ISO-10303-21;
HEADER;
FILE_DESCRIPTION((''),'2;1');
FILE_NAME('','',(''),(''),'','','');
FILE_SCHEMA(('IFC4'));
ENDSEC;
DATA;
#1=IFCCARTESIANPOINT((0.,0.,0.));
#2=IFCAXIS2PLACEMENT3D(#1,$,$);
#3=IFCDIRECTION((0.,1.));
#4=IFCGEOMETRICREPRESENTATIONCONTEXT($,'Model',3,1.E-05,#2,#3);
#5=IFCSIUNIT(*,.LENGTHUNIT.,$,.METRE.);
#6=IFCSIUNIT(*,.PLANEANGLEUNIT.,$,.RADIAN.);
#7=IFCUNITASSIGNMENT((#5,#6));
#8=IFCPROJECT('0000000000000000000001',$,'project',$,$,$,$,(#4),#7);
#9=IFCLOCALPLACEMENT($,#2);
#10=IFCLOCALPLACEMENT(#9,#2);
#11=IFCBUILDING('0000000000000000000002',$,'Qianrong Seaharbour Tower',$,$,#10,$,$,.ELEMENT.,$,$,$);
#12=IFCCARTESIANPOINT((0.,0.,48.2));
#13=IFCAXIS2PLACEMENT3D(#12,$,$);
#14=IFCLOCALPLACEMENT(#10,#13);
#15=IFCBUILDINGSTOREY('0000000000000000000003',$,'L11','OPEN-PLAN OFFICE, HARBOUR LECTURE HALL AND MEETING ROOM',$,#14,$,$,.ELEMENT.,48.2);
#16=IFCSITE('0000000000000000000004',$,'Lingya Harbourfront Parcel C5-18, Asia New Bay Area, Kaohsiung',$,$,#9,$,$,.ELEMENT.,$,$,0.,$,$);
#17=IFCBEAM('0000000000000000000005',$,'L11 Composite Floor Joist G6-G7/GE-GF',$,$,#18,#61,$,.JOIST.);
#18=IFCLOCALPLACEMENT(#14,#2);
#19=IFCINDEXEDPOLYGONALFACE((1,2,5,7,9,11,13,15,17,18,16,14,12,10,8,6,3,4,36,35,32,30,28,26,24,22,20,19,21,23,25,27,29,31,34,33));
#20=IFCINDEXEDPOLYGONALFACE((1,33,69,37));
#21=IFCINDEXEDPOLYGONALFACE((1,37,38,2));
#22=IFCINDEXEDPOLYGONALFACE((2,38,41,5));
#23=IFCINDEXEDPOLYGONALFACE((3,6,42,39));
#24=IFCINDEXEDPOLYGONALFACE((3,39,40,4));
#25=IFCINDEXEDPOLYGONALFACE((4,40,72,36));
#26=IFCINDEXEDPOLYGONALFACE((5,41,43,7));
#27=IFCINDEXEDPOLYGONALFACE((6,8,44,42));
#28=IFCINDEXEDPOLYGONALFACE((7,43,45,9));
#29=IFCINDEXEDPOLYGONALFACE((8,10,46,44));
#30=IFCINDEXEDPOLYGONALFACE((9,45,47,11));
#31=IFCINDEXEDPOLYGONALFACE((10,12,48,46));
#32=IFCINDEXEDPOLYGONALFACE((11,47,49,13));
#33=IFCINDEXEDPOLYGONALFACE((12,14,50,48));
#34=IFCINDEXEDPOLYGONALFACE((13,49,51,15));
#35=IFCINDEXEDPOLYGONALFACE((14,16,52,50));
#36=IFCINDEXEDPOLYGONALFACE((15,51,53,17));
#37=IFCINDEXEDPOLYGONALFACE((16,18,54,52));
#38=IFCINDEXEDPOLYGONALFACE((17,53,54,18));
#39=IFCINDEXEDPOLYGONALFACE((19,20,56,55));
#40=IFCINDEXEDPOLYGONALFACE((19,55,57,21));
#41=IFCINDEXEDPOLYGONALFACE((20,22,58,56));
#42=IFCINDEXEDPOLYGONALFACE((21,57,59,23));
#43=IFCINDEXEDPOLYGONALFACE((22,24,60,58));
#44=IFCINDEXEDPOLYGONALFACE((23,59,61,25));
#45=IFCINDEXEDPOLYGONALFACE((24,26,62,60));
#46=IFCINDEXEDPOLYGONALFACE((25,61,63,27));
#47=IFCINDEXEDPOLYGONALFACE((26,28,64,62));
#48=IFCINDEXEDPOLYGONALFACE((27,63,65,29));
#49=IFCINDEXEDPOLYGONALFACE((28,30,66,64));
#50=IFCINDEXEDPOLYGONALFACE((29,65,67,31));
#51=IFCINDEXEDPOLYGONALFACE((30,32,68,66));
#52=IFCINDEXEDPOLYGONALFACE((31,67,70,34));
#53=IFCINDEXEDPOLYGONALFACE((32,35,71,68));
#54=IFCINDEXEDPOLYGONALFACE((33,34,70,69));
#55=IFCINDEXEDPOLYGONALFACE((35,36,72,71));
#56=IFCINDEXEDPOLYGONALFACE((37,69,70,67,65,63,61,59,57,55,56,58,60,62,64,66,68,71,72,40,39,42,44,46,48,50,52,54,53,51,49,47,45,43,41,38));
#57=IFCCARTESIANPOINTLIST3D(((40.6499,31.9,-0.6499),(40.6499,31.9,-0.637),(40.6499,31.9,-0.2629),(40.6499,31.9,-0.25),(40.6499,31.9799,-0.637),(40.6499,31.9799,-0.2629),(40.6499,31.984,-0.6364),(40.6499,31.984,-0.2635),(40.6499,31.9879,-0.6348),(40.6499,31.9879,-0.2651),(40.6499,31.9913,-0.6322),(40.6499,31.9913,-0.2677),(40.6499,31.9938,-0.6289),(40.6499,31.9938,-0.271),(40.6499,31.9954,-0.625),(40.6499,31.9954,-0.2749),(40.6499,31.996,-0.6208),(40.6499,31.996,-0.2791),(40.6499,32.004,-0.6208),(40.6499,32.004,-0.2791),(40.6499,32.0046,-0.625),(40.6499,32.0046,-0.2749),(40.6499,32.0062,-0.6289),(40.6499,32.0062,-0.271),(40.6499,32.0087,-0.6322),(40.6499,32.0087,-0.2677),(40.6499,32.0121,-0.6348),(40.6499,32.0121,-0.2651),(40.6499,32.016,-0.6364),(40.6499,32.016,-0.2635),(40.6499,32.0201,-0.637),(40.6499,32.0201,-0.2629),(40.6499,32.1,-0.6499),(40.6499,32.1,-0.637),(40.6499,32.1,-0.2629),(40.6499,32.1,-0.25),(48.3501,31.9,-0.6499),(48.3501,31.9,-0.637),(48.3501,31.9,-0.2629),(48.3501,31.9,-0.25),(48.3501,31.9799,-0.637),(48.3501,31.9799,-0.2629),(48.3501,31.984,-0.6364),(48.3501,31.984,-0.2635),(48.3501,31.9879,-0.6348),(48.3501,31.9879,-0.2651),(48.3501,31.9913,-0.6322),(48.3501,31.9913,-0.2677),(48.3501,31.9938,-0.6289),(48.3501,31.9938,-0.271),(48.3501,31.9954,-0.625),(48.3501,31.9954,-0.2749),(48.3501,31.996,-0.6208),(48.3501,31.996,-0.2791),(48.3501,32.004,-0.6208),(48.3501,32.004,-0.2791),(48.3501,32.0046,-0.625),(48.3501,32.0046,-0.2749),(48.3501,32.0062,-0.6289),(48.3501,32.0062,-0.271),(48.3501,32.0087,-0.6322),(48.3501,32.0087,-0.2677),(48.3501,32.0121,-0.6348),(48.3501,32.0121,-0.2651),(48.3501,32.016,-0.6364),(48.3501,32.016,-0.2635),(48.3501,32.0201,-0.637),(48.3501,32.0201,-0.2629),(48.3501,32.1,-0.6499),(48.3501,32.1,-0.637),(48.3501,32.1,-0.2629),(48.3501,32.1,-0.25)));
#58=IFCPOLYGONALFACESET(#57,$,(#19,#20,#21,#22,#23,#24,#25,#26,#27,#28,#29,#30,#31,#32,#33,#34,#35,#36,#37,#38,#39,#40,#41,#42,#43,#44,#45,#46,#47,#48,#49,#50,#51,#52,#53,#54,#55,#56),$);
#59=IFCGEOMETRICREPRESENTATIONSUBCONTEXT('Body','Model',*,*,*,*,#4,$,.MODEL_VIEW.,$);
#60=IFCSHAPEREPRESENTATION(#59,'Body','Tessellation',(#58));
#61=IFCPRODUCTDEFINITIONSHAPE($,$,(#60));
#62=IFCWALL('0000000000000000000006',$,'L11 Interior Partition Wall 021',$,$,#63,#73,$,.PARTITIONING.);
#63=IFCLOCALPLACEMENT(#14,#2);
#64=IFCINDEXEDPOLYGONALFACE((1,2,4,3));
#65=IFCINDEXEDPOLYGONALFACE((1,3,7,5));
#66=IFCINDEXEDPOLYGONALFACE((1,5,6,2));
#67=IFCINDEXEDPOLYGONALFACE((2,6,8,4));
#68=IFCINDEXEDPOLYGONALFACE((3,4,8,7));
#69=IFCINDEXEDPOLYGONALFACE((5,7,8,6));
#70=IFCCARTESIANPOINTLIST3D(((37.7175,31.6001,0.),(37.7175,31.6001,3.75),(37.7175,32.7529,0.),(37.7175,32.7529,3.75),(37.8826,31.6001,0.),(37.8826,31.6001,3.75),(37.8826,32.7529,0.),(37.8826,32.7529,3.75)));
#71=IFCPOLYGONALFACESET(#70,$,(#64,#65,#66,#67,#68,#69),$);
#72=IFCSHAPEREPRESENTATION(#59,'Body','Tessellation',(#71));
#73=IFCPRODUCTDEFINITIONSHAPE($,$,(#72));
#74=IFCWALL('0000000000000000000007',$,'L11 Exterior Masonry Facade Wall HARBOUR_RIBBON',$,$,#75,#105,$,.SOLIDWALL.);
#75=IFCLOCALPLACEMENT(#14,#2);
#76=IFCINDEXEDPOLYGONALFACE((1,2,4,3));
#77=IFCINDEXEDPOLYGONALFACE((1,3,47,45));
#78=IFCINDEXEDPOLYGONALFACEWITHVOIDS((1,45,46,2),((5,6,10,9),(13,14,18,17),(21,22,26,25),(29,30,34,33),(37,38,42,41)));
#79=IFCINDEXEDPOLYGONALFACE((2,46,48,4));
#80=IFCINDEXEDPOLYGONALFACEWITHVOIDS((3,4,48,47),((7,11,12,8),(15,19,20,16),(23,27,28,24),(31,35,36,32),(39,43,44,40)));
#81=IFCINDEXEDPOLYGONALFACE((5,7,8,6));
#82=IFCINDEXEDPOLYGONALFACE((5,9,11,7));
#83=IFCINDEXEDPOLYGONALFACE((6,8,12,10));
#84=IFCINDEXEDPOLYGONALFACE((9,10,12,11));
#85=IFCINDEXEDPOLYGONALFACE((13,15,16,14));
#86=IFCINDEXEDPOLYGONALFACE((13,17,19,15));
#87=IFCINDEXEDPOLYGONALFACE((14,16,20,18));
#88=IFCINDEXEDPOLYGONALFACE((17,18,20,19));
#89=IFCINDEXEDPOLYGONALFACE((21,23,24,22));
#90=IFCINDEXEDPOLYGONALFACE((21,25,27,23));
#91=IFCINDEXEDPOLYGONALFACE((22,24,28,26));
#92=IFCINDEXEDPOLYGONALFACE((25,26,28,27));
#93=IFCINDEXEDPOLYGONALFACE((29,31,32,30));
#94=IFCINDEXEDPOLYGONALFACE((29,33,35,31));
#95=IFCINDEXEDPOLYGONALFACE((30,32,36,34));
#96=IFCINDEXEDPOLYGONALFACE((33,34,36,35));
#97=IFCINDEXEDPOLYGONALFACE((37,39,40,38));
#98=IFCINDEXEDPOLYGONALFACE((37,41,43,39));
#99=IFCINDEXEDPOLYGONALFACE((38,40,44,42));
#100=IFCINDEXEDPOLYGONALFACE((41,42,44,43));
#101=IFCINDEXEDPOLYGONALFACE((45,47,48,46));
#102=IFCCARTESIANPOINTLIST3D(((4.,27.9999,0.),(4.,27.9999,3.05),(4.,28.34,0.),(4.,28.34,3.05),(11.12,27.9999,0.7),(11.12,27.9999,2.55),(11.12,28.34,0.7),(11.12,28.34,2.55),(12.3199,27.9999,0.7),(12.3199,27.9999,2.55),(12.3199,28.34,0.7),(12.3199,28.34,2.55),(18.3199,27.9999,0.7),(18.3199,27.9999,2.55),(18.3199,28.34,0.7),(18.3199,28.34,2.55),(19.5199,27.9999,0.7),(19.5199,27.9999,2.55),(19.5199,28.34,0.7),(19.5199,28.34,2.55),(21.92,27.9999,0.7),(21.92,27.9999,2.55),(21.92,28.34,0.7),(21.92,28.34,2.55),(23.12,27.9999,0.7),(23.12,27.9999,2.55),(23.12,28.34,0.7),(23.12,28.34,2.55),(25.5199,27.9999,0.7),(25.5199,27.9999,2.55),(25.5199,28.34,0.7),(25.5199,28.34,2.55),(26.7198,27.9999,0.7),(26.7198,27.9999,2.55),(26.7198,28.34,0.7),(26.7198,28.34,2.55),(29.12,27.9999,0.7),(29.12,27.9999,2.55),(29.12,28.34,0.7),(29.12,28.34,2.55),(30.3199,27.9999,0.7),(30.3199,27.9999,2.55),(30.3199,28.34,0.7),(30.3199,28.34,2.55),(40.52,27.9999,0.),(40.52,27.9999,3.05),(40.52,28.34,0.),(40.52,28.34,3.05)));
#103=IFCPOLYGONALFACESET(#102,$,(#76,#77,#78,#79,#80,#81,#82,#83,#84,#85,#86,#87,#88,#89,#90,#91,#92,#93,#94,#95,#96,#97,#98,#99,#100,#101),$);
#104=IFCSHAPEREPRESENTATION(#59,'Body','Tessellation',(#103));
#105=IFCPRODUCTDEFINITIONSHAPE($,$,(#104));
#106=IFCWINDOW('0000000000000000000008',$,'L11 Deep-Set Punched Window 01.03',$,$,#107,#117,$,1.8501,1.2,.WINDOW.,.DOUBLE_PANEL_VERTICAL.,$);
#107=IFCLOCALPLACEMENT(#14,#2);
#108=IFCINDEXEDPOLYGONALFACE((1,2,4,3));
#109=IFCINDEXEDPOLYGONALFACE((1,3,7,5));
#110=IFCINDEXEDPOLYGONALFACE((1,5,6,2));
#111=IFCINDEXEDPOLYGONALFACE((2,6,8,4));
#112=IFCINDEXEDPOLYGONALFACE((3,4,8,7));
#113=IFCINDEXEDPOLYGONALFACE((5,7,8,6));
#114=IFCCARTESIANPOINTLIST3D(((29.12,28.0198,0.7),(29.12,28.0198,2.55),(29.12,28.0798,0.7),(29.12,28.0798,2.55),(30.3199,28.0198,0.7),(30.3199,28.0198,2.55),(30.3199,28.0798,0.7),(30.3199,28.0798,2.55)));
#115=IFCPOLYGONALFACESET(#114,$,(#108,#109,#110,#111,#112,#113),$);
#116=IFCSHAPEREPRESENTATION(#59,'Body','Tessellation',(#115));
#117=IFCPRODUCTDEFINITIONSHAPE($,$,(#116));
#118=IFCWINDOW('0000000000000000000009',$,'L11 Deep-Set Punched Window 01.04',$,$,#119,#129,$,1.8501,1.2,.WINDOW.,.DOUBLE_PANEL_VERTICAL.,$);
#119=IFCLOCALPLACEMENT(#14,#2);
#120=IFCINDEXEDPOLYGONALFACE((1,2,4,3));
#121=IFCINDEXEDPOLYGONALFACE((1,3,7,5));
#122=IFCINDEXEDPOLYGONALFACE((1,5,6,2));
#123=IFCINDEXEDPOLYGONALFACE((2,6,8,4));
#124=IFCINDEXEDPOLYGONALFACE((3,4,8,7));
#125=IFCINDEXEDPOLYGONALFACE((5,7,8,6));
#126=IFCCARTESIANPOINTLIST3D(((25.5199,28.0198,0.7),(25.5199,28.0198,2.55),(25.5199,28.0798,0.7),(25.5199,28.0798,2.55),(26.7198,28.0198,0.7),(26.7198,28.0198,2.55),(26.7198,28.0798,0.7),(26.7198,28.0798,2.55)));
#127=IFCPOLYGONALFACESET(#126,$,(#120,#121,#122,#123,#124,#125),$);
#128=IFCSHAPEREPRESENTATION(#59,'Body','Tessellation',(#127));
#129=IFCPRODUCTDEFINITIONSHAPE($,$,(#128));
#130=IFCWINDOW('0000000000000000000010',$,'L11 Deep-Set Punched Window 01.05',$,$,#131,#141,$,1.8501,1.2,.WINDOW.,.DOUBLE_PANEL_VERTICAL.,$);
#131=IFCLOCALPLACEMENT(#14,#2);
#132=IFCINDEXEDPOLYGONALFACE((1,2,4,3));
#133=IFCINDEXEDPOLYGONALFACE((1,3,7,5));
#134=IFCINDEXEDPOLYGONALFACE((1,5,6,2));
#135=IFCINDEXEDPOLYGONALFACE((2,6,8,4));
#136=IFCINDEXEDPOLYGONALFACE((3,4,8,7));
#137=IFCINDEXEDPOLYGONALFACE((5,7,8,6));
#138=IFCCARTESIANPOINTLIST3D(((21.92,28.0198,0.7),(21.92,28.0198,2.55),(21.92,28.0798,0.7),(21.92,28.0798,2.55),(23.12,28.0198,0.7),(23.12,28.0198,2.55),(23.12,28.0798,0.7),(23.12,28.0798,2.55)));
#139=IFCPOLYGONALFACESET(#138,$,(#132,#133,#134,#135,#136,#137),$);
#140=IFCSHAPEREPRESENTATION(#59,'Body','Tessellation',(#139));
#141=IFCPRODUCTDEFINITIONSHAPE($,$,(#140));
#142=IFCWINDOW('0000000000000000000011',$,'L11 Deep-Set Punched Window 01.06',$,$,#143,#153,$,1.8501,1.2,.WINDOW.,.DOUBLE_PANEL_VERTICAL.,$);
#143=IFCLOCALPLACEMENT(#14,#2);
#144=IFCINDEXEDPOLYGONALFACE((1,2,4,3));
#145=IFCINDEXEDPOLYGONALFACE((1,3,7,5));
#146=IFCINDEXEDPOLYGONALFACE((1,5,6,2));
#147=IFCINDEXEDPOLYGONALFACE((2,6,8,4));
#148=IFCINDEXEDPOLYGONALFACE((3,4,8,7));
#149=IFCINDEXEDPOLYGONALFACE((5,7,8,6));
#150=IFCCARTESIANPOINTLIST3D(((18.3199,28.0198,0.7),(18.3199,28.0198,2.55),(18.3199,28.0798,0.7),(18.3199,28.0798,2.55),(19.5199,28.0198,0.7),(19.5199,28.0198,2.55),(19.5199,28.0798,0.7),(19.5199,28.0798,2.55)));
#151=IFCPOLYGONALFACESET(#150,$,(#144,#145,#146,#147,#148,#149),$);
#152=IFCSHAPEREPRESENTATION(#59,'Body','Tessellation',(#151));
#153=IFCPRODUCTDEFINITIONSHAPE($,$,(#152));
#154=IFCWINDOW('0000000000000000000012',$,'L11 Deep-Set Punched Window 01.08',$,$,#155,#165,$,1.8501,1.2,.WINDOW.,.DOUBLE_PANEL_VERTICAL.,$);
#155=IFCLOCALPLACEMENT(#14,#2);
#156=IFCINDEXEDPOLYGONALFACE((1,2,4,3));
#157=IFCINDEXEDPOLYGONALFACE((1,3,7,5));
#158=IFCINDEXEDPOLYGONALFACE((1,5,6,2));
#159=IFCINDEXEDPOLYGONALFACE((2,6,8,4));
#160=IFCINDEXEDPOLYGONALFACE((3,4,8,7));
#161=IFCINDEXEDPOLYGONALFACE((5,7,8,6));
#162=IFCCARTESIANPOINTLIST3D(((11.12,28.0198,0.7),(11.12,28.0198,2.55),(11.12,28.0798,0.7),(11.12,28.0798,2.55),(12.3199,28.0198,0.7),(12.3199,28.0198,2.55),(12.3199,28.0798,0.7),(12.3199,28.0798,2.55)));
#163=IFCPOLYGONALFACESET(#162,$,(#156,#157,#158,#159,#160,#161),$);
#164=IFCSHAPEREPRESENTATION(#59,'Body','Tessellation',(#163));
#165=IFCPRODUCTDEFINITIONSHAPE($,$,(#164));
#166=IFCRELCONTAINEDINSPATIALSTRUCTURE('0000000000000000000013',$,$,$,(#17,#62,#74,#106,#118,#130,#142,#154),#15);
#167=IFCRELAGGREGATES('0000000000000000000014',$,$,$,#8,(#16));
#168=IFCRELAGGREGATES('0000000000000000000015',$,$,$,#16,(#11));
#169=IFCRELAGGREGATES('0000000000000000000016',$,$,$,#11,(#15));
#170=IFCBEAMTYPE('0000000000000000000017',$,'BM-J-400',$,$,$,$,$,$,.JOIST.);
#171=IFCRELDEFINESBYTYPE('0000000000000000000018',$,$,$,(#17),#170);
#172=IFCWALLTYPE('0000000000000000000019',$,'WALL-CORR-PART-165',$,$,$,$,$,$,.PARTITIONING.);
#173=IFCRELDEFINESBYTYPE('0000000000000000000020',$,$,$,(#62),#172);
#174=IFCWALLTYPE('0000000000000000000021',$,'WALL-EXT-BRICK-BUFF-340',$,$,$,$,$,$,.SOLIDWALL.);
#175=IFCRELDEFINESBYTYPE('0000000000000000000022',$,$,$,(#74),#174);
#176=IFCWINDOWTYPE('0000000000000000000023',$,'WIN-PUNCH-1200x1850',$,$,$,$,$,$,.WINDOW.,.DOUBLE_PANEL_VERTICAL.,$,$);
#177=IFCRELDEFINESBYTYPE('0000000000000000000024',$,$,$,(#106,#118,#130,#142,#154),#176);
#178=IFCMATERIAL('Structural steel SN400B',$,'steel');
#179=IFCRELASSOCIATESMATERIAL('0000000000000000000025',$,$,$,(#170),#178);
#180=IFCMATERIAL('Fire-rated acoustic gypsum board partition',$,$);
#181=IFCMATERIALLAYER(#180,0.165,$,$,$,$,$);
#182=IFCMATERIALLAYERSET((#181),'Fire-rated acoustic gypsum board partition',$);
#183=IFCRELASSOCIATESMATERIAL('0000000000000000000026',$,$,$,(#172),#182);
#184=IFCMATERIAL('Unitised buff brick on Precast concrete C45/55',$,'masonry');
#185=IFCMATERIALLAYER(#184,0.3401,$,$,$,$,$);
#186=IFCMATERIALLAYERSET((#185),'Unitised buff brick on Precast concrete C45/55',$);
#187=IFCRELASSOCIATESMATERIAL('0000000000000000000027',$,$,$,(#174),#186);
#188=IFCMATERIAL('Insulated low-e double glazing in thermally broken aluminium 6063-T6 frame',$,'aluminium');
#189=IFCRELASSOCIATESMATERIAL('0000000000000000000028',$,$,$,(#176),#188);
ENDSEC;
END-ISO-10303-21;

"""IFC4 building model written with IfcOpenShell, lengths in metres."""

from ifc_helpers import new_model, si_unit, direction, frame, frame_2d, origin, origin_2d, place, context, subcontext, project, spatial, rectangle, i_section, extrude, material, layer, layer_set, material_profile, profile_set, type_object, element, fill, save


model = new_model("IFC4")

# Units and contexts
model_context = context("Model", 3, precision=1e-05, world=origin(), true_north=direction((0.0, 1.0)))
body_context = subcontext(model_context, "Body", "Model", "MODEL_VIEW")
ifc_project = project(units=[si_unit("LENGTHUNIT", "METRE"), si_unit("PLANEANGLEUNIT", "RADIAN")], contexts=[model_context])

# Site, building, storey
site_placement = place(None, origin())
site = spatial("IfcSite", under=ifc_project, at=site_placement, Name="Lingya Harbourfront Parcel C5-18, Asia New Bay Area, Kaohsiung", CompositionType="ELEMENT", RefElevation=0.0)
building_placement = place(site_placement, origin())
building = spatial("IfcBuilding", under=site, at=building_placement, Name="Qianrong Seaharbour Tower", CompositionType="ELEMENT")
storey_placement = place(building_placement, frame((0.0, 0.0, 48.2)))
storey = spatial("IfcBuildingStorey", under=building, at=storey_placement, Name="L11", Description="OPEN-PLAN OFFICE, HARBOUR LECTURE HALL AND MEETING ROOM", CompositionType="ELEMENT", Elevation=48.2)

# Beam
ifc_material_1 = material(Name="Structural steel SN400B", Category="steel")
ifc_material_profile_1 = material_profile(ifc_material_1, i_section(OverallWidth=0.2, OverallDepth=0.3999, WebThickness=0.0081, FlangeThickness=0.0129, FilletRadius=0.0161, at=origin_2d()), Name="H400x200x8x13")
ifc_profile_set_1 = profile_set([ifc_material_profile_1], Name="Structural steel SN400B")
beam_type_1 = type_object("IfcBeamType", Name="BM-J-400", PredefinedType="JOIST", material=ifc_profile_set_1)
for number, where, z_axis, x_axis, name in (
    (1, (40.6499, 32.0, -0.45), (1.0, 0.0, 0.0), (0.0, 1.0, 0.0), "L11 Composite Floor Joist G6-G7/GE-GF"),
):
    element("IfcBeam", number, at=place(storey_placement, frame(where, z_axis=z_axis, x_axis=x_axis)), inside=storey, type_object=beam_type_1, Name=name, PredefinedType="JOIST", context=body_context, shape_type="SweptSolid", body=[
        extrude(i_section(OverallWidth=0.2, OverallDepth=0.3999, WebThickness=0.0081, FlangeThickness=0.0129, FilletRadius=0.0161, at=origin_2d()), origin(), (0.0, 0.0, 1.0), 7.7002),
    ])

# Wall
ifc_material_2 = material(Name="Fire-rated acoustic gypsum board partition")
ifc_layer_1 = layer(ifc_material_2, 0.165)
ifc_layer_set_1 = layer_set([ifc_layer_1], Name="Fire-rated acoustic gypsum board partition")
wall_type_1 = type_object("IfcWallType", Name="WALL-CORR-PART-165", PredefinedType="PARTITIONING", material=ifc_layer_set_1)
wall_1_placement = place(storey_placement, frame((37.8, 31.6001, 0.0), z_axis=(0.0, 0.0, 1.0), x_axis=(0.0, 1.0, 0.0)))
element("IfcWall", 2, at=wall_1_placement, inside=storey, type_object=wall_type_1, Name="L11 Interior Partition Wall 021", PredefinedType="PARTITIONING", context=body_context, shape_type="SweptSolid", body=[
    extrude(rectangle(XDim=1.1528, YDim=0.165, at=frame_2d((0.5764, 0.0))), origin(), (0.0, 0.0, 1.0), 3.75),
])

# Wall, openings, windows
ifc_material_3 = material(Name="Unitised buff brick on Precast concrete C45/55", Category="masonry")
ifc_layer_2 = layer(ifc_material_3, 0.3401)
ifc_layer_set_2 = layer_set([ifc_layer_2], Name="Unitised buff brick on Precast concrete C45/55")
wall_type_2 = type_object("IfcWallType", Name="WALL-EXT-BRICK-BUFF-340", PredefinedType="SOLIDWALL", material=ifc_layer_set_2)
wall_2_placement = place(storey_placement, frame((40.52, 28.1699, 0.0), z_axis=(0.0, 0.0, 1.0), x_axis=(-1.0, 0.0, 0.0)))
wall_2 = element("IfcWall", 3, at=wall_2_placement, inside=storey, type_object=wall_type_2, Name="L11 Exterior Masonry Facade Wall HARBOUR_RIBBON", PredefinedType="SOLIDWALL", context=body_context, shape_type="SweptSolid", body=[
    extrude(rectangle(XDim=36.52, YDim=0.3401, at=frame_2d((18.26, 0.0))), origin(), (0.0, 0.0, 1.0), 3.05),
])
opening_1_placement = place(wall_2_placement, frame((10.2, 0.0, 0.7)))
opening_1 = element("IfcOpeningElement", 4, at=opening_1_placement, cuts=wall_2, PredefinedType="OPENING", context=body_context, shape_type="SweptSolid", body=[
    extrude(rectangle(XDim=1.2, YDim=1.8501, at=frame_2d((0.6001, 0.925))), frame((0.0, 0.1802, 0.0), z_axis=(0.0, -1.0, 0.0), x_axis=(1.0, 0.0, 0.0)), (0.0, 0.0, 1.0), 0.3601),
])
opening_2_placement = place(wall_2_placement, frame((13.8, 0.0, 0.7)))
opening_2 = element("IfcOpeningElement", 5, at=opening_2_placement, cuts=wall_2, PredefinedType="OPENING", context=body_context, shape_type="SweptSolid", body=[
    extrude(rectangle(XDim=1.2, YDim=1.8501, at=frame_2d((0.6001, 0.925))), frame((0.0, 0.1802, 0.0), z_axis=(0.0, -1.0, 0.0), x_axis=(1.0, 0.0, 0.0)), (0.0, 0.0, 1.0), 0.3601),
])
opening_3_placement = place(wall_2_placement, frame((17.3999, 0.0, 0.7)))
opening_3 = element("IfcOpeningElement", 6, at=opening_3_placement, cuts=wall_2, PredefinedType="OPENING", context=body_context, shape_type="SweptSolid", body=[
    extrude(rectangle(XDim=1.2, YDim=1.8501, at=frame_2d((0.6001, 0.925))), frame((0.0, 0.1802, 0.0), z_axis=(0.0, -1.0, 0.0), x_axis=(1.0, 0.0, 0.0)), (0.0, 0.0, 1.0), 0.3601),
])
opening_4_placement = place(wall_2_placement, frame((21.0, 0.0, 0.7)))
opening_4 = element("IfcOpeningElement", 7, at=opening_4_placement, cuts=wall_2, PredefinedType="OPENING", context=body_context, shape_type="SweptSolid", body=[
    extrude(rectangle(XDim=1.2, YDim=1.8501, at=frame_2d((0.6001, 0.925))), frame((0.0, 0.1802, 0.0), z_axis=(0.0, -1.0, 0.0), x_axis=(1.0, 0.0, 0.0)), (0.0, 0.0, 1.0), 0.3601),
])
opening_5_placement = place(wall_2_placement, frame((28.2, 0.0, 0.7)))
opening_5 = element("IfcOpeningElement", 8, at=opening_5_placement, cuts=wall_2, PredefinedType="OPENING", context=body_context, shape_type="SweptSolid", body=[
    extrude(rectangle(XDim=1.2, YDim=1.8501, at=frame_2d((0.6001, 0.925))), frame((0.0, 0.1802, 0.0), z_axis=(0.0, -1.0, 0.0), x_axis=(1.0, 0.0, 0.0)), (0.0, 0.0, 1.0), 0.3601),
])
ifc_material_4 = material(Name="Insulated low-e double glazing in thermally broken aluminium 6063-T6 frame", Category="aluminium")
window_type = type_object("IfcWindowType", Name="WIN-PUNCH-1200x1850", PartitioningType="DOUBLE_PANEL_VERTICAL", PredefinedType="WINDOW", material=ifc_material_4)
window_1_placement = place(opening_1_placement, origin())
window_1 = element("IfcWindow", 9, at=window_1_placement, inside=storey, type_object=window_type, Name="L11 Deep-Set Punched Window 01.03", OverallHeight=1.8501, OverallWidth=1.2, PartitioningType="DOUBLE_PANEL_VERTICAL", PredefinedType="WINDOW", context=body_context, shape_type="SweptSolid", body=[
    extrude(rectangle(XDim=1.2, YDim=1.8501, at=frame_2d((0.6001, 0.925))), frame((0.0, 0.1501, 0.0), z_axis=(0.0, -1.0, 0.0), x_axis=(1.0, 0.0, 0.0)), (0.0, 0.0, 1.0), 0.0601),
])
fill(opening_1, window_1)
window_2_placement = place(opening_2_placement, origin())
window_2 = element("IfcWindow", 10, at=window_2_placement, inside=storey, type_object=window_type, Name="L11 Deep-Set Punched Window 01.04", OverallHeight=1.8501, OverallWidth=1.2, PartitioningType="DOUBLE_PANEL_VERTICAL", PredefinedType="WINDOW", context=body_context, shape_type="SweptSolid", body=[
    extrude(rectangle(XDim=1.2, YDim=1.8501, at=frame_2d((0.6001, 0.925))), frame((0.0, 0.1501, 0.0), z_axis=(0.0, -1.0, 0.0), x_axis=(1.0, 0.0, 0.0)), (0.0, 0.0, 1.0), 0.0601),
])
fill(opening_2, window_2)
window_3_placement = place(opening_3_placement, origin())
window_3 = element("IfcWindow", 11, at=window_3_placement, inside=storey, type_object=window_type, Name="L11 Deep-Set Punched Window 01.05", OverallHeight=1.8501, OverallWidth=1.2, PartitioningType="DOUBLE_PANEL_VERTICAL", PredefinedType="WINDOW", context=body_context, shape_type="SweptSolid", body=[
    extrude(rectangle(XDim=1.2, YDim=1.8501, at=frame_2d((0.6001, 0.925))), frame((0.0, 0.1501, 0.0), z_axis=(0.0, -1.0, 0.0), x_axis=(1.0, 0.0, 0.0)), (0.0, 0.0, 1.0), 0.0601),
])
fill(opening_3, window_3)
window_4_placement = place(opening_4_placement, origin())
window_4 = element("IfcWindow", 12, at=window_4_placement, inside=storey, type_object=window_type, Name="L11 Deep-Set Punched Window 01.06", OverallHeight=1.8501, OverallWidth=1.2, PartitioningType="DOUBLE_PANEL_VERTICAL", PredefinedType="WINDOW", context=body_context, shape_type="SweptSolid", body=[
    extrude(rectangle(XDim=1.2, YDim=1.8501, at=frame_2d((0.6001, 0.925))), frame((0.0, 0.1501, 0.0), z_axis=(0.0, -1.0, 0.0), x_axis=(1.0, 0.0, 0.0)), (0.0, 0.0, 1.0), 0.0601),
])
fill(opening_4, window_4)
window_5_placement = place(opening_5_placement, origin())
window_5 = element("IfcWindow", 13, at=window_5_placement, inside=storey, type_object=window_type, Name="L11 Deep-Set Punched Window 01.08", OverallHeight=1.8501, OverallWidth=1.2, PartitioningType="DOUBLE_PANEL_VERTICAL", PredefinedType="WINDOW", context=body_context, shape_type="SweptSolid", body=[
    extrude(rectangle(XDim=1.2, YDim=1.8501, at=frame_2d((0.6001, 0.925))), frame((0.0, 0.1501, 0.0), z_axis=(0.0, -1.0, 0.0), x_axis=(1.0, 0.0, 0.0)), (0.0, 0.0, 1.0), 0.0601),
])
fill(opening_5, window_5)

save(model, "model.ifc")
